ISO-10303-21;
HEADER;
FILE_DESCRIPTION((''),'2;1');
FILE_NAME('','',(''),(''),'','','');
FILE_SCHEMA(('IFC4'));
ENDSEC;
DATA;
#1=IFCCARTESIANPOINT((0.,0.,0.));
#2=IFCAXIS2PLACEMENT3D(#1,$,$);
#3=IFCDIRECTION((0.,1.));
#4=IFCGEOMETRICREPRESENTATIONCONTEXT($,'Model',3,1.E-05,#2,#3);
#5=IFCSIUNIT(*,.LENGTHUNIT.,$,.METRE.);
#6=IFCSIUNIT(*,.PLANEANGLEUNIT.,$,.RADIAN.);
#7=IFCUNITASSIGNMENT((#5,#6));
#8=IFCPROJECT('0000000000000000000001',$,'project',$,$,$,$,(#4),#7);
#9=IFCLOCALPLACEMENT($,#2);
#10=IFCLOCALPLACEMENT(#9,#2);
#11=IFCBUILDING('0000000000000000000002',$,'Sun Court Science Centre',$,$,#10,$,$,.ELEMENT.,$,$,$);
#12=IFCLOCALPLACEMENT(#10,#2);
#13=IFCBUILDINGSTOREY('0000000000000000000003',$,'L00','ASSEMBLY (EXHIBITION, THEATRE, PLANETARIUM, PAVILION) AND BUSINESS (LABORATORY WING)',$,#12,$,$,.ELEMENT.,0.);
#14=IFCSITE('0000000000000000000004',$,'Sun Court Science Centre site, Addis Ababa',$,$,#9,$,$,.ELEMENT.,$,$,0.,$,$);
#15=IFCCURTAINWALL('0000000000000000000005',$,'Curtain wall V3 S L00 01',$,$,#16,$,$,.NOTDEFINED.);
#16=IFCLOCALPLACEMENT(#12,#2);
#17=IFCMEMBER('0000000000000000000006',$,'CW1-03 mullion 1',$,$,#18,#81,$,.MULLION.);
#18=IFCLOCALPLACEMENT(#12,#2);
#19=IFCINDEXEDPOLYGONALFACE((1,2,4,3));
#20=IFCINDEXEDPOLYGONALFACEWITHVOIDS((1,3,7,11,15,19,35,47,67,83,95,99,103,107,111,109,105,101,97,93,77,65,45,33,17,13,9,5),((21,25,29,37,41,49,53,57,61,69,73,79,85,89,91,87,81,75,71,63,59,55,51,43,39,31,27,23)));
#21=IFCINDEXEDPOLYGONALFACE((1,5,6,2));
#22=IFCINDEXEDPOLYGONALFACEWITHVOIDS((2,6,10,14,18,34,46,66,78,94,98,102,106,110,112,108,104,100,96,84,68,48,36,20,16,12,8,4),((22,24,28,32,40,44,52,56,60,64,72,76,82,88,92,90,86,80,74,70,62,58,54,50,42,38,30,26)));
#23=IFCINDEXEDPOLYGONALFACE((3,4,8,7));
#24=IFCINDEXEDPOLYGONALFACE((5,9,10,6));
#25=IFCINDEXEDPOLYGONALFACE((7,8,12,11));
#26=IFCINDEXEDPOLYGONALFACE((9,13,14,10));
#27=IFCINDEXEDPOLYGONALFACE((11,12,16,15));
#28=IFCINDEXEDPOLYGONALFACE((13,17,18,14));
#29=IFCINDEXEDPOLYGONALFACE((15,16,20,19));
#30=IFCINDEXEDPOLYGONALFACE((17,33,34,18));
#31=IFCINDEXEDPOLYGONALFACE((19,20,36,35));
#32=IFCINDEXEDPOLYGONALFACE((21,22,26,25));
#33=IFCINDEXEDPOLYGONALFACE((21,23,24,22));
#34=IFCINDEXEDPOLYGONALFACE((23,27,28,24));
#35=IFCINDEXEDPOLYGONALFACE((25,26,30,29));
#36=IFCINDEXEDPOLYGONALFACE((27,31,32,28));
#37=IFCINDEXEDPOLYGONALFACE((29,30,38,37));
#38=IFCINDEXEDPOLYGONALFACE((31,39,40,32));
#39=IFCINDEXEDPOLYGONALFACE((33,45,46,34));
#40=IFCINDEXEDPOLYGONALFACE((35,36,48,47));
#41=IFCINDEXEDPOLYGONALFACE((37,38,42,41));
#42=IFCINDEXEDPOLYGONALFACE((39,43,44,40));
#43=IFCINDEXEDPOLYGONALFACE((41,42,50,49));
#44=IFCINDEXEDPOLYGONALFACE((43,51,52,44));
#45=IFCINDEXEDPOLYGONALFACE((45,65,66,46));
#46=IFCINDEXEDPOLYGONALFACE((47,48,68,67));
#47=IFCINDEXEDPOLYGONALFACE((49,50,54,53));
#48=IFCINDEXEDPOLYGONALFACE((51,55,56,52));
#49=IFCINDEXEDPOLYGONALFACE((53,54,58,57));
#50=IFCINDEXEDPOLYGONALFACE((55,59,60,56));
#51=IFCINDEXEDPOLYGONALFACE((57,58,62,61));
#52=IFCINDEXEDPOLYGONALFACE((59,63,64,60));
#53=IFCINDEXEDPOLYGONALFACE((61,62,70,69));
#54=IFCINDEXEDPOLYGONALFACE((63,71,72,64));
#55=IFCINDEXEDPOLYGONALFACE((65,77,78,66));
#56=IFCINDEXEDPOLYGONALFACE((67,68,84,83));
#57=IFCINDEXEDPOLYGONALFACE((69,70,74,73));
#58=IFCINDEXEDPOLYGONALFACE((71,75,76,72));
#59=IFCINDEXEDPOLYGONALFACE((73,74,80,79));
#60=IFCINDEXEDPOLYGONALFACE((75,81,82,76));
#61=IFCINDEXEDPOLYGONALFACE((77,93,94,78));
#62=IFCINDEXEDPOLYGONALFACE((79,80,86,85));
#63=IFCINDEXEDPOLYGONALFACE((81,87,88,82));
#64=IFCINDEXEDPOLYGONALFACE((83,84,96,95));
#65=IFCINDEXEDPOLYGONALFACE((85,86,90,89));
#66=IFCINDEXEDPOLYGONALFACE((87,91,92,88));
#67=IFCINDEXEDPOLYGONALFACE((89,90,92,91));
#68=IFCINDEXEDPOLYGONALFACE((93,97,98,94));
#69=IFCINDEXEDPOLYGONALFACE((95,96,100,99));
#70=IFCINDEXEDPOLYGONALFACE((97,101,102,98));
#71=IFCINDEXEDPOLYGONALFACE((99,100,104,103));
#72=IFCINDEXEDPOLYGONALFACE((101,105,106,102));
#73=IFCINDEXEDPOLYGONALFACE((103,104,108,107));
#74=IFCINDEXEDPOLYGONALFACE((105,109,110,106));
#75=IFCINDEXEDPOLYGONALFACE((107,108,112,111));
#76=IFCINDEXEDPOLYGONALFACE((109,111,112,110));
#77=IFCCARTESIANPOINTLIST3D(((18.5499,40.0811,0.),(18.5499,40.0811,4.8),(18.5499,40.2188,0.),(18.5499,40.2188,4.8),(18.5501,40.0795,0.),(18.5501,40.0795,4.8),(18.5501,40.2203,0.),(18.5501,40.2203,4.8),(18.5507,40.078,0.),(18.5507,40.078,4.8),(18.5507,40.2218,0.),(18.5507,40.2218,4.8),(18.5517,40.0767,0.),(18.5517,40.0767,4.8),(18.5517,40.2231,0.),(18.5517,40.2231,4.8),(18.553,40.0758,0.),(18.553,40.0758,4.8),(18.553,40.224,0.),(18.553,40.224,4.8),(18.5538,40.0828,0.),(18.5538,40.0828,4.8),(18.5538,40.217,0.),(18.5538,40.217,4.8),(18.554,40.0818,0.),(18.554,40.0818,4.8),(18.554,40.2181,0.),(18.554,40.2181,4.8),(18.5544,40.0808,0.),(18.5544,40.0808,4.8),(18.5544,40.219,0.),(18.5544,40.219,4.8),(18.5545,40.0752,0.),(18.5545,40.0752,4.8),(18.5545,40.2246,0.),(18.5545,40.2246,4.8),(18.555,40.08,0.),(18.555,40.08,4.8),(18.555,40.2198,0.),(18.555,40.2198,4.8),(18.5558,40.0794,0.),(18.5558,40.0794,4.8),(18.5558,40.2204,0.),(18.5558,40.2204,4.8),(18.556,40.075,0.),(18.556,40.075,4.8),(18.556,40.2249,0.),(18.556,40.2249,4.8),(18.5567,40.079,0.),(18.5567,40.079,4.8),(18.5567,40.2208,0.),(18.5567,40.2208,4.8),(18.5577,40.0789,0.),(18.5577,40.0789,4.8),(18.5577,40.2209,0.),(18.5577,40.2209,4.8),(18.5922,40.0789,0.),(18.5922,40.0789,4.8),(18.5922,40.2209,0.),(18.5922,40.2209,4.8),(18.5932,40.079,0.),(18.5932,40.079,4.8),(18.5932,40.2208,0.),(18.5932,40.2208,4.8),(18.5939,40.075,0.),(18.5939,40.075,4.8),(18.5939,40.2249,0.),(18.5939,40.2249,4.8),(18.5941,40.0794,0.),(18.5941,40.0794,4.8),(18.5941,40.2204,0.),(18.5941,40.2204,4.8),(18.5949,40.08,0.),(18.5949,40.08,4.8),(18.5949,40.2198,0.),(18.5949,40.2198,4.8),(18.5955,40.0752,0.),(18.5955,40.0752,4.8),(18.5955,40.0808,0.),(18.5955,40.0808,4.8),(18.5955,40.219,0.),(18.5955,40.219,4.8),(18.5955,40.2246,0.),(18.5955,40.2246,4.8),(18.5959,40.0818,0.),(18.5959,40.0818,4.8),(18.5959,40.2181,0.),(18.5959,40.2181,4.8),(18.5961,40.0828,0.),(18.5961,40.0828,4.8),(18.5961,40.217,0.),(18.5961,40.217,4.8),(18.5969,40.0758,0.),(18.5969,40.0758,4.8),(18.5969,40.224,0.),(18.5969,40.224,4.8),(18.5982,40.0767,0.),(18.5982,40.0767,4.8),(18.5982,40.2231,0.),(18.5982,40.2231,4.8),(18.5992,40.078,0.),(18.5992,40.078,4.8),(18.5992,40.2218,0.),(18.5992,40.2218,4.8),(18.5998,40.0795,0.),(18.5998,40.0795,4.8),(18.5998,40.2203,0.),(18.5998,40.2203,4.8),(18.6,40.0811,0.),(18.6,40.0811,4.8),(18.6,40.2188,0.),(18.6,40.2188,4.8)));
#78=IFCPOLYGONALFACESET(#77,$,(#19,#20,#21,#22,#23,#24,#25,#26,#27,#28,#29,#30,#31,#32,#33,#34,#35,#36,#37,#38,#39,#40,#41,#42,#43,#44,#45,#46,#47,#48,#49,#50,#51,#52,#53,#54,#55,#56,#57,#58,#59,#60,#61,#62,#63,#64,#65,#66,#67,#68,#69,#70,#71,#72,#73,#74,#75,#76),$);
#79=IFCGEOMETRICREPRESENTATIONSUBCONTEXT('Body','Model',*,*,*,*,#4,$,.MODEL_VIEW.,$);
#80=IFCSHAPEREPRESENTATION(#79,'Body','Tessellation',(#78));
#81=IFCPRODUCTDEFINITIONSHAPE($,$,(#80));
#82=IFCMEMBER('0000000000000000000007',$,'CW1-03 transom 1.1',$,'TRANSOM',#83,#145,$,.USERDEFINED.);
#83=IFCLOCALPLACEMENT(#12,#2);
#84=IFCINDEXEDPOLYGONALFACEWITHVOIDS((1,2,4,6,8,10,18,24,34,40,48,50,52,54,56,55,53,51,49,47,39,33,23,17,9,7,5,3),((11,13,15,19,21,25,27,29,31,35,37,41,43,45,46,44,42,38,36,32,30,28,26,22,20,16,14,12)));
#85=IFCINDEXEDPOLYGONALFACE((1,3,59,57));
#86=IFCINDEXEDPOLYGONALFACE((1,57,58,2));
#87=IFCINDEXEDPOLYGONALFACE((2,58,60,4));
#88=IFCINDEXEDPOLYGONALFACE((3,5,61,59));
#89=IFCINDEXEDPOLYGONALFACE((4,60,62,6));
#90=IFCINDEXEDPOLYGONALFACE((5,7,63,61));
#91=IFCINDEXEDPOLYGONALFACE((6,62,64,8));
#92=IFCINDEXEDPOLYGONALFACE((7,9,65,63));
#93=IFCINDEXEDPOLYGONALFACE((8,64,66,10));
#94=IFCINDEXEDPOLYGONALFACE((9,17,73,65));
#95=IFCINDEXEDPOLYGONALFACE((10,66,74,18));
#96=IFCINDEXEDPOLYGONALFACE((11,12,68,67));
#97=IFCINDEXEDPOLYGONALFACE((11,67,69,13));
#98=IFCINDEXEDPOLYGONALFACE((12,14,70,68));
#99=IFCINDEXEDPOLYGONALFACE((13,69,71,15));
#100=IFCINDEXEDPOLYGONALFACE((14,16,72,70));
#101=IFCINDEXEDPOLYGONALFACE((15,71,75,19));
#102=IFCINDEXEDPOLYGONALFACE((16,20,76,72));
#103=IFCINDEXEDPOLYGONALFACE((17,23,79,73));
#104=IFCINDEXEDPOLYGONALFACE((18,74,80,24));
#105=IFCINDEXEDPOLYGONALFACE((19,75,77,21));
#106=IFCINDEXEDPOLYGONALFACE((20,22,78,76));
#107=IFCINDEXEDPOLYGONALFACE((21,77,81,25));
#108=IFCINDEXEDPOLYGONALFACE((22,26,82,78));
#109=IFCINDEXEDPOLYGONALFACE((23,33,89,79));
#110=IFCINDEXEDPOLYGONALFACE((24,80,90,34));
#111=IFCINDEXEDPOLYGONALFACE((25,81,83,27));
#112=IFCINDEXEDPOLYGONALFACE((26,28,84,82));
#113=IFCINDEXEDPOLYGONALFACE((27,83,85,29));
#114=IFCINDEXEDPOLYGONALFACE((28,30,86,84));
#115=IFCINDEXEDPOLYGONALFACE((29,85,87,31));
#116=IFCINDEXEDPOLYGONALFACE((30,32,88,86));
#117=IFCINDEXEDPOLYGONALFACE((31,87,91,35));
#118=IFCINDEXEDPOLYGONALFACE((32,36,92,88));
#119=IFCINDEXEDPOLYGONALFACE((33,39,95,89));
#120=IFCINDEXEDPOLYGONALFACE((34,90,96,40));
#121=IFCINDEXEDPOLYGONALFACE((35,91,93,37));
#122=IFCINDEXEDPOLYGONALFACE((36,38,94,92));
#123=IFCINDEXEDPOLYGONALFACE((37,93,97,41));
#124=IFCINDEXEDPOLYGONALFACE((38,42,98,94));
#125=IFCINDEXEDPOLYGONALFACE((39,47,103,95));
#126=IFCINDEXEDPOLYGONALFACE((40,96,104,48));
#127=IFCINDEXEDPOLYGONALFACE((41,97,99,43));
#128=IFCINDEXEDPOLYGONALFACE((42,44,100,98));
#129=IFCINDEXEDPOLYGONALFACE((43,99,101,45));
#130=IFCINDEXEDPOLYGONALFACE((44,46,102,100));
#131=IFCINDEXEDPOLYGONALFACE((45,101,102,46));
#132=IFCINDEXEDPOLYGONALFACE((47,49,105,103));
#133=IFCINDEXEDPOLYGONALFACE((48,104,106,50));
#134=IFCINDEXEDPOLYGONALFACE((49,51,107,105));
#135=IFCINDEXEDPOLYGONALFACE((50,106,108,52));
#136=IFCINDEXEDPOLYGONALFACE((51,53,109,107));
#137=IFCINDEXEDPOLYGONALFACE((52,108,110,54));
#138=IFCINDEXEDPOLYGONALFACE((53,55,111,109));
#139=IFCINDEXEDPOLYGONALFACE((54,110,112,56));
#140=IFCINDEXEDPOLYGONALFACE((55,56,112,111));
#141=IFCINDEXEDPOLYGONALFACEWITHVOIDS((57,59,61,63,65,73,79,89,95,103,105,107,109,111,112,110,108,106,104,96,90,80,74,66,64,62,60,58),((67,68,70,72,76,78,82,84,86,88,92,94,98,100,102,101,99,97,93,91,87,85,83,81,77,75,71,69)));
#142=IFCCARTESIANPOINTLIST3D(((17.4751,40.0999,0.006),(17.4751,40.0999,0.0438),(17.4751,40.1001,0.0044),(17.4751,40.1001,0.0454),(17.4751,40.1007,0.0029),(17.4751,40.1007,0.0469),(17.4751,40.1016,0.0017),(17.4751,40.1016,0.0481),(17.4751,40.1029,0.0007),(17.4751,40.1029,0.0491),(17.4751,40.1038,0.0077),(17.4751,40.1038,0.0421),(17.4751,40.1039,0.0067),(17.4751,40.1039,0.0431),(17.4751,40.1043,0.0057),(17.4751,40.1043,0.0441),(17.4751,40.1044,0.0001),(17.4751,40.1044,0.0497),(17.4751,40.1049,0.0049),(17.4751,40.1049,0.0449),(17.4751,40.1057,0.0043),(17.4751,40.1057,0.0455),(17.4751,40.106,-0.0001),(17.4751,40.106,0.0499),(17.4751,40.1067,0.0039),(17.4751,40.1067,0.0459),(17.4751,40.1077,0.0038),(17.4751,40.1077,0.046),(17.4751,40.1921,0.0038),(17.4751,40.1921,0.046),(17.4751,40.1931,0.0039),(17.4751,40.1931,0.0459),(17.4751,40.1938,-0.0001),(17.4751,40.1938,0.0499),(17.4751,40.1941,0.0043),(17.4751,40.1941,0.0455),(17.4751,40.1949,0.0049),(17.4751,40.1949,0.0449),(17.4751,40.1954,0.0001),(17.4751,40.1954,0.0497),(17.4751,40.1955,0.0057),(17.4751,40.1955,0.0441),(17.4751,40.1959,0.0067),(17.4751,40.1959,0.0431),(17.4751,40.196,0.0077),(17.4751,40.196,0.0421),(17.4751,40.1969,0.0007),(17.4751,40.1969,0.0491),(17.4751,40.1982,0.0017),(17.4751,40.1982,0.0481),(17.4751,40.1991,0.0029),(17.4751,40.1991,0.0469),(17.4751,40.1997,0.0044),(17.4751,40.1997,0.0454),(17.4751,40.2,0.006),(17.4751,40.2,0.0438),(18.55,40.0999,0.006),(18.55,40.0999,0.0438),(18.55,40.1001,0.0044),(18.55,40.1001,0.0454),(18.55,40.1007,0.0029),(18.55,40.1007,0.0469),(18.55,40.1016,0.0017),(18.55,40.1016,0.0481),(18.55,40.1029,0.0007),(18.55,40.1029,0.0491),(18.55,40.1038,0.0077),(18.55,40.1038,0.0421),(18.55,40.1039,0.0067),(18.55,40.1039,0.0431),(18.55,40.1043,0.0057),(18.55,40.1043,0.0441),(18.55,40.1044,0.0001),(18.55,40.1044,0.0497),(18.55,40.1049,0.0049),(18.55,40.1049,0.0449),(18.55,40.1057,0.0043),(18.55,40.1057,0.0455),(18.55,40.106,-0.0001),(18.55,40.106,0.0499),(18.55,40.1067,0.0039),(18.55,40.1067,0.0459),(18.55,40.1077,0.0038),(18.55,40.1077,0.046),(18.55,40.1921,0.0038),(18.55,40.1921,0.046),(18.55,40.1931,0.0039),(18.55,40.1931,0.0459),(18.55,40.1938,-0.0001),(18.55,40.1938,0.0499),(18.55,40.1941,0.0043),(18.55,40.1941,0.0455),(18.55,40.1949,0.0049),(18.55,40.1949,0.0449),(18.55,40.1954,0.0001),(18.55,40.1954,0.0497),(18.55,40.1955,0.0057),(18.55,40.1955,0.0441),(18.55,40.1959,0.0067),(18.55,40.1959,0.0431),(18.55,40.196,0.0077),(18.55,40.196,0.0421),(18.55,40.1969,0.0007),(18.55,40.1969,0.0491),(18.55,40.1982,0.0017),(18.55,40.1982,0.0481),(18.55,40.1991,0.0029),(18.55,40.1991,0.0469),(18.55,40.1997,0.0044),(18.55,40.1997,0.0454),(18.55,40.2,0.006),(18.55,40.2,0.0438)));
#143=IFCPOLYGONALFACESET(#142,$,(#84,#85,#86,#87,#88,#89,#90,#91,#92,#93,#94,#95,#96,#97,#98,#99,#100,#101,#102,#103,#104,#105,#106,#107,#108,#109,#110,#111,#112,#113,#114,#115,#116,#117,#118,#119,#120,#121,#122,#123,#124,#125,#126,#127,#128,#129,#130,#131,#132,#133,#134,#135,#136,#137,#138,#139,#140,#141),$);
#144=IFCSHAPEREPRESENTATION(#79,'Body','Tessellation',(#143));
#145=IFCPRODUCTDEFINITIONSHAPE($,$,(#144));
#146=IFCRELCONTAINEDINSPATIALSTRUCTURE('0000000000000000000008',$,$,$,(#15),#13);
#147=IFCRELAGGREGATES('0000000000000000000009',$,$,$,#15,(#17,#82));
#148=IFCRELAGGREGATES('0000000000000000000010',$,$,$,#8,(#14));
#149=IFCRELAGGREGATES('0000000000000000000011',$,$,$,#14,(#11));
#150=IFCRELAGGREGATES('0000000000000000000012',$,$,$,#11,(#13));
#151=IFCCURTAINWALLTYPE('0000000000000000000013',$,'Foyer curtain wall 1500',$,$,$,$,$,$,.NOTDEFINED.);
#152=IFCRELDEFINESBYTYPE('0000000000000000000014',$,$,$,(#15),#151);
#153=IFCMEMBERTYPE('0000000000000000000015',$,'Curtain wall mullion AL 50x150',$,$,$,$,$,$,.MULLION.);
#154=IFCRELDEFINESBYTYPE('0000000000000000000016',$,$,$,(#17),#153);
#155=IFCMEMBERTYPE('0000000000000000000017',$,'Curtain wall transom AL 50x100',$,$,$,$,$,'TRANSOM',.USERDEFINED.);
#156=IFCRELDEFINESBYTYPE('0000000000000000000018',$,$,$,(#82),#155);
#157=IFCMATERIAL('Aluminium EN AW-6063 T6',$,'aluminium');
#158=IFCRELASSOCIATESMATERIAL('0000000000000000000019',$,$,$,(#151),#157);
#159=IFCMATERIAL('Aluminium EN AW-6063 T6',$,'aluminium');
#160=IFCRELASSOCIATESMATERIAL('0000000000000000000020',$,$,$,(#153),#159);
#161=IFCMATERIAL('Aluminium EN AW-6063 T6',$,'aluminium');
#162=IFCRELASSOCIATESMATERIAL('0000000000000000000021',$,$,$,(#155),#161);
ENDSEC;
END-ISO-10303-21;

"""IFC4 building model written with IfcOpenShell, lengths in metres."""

from ifc_helpers import new_model, si_unit, direction, frame, origin, origin_2d, place, context, subcontext, project, spatial, hollow_rectangle, extrude, material, material_profile, profile_set, type_object, element, aggregate, save


model = new_model("IFC4")

# Units and contexts
model_context = context("Model", 3, precision=1e-05, world=origin(), true_north=direction((0.0, 1.0)))
body_context = subcontext(model_context, "Body", "Model", "MODEL_VIEW")
ifc_project = project(units=[si_unit("LENGTHUNIT", "METRE"), si_unit("PLANEANGLEUNIT", "RADIAN")], contexts=[model_context])

# Site, building, storey
site_placement = place(None, origin())
site = spatial("IfcSite", under=ifc_project, at=site_placement, Name="Sun Court Science Centre site, Addis Ababa", CompositionType="ELEMENT", RefElevation=0.0)
building_placement = place(site_placement, origin())
building = spatial("IfcBuilding", under=site, at=building_placement, Name="Sun Court Science Centre", CompositionType="ELEMENT")
storey_placement = place(building_placement, origin())
storey = spatial("IfcBuildingStorey", under=building, at=storey_placement, Name="L00", Description="ASSEMBLY (EXHIBITION, THEATRE, PLANETARIUM, PAVILION) AND BUSINESS (LABORATORY WING)", CompositionType="ELEMENT", Elevation=0.0)

# Curtain wall, members
ifc_material_1 = material(Name="Aluminium EN AW-6063 T6", Category="aluminium")
curtain_wall_type = type_object("IfcCurtainWallType", Name="Foyer curtain wall 1500", PredefinedType="NOTDEFINED", material=ifc_material_1)
curtain_wall_placement = place(storey_placement, origin())
curtain_wall = element("IfcCurtainWall", 1, at=curtain_wall_placement, inside=storey, type_object=curtain_wall_type, Name="Curtain wall V3 S L00 01", PredefinedType="NOTDEFINED")
ifc_material_2 = material(Name="Aluminium EN AW-6063 T6", Category="aluminium")
ifc_material_profile_1 = material_profile(ifc_material_2, hollow_rectangle(XDim=0.05, YDim=0.1499, WallThickness=0.0039, InnerFilletRadius=0.0039, OuterFilletRadius=0.0061, at=origin_2d()), Name="AL 50x150x4")
ifc_profile_set_1 = profile_set([ifc_material_profile_1], Name="Aluminium EN AW-6063 T6")
member_type_1 = type_object("IfcMemberType", Name="Curtain wall mullion AL 50x150", PredefinedType="MULLION", material=ifc_profile_set_1)
member_1_placement = place(storey_placement, frame((18.575, 40.1499, 0.0), z_axis=(0.0, 0.0, 1.0), x_axis=(-1.0, 0.0, 0.0)))
member_1 = element("IfcMember", 2, at=member_1_placement, type_object=member_type_1, Name="CW1-03 mullion 1", PredefinedType="MULLION", context=body_context, shape_type="SweptSolid", body=[
    extrude(hollow_rectangle(XDim=0.05, YDim=0.1499, WallThickness=0.0039, InnerFilletRadius=0.0039, OuterFilletRadius=0.0061, at=origin_2d()), origin(), (0.0, 0.0, 1.0), 4.8),
])
ifc_material_3 = material(Name="Aluminium EN AW-6063 T6", Category="aluminium")
ifc_material_profile_2 = material_profile(ifc_material_3, hollow_rectangle(XDim=0.05, YDim=0.1001, WallThickness=0.0039, InnerFilletRadius=0.0039, OuterFilletRadius=0.0061, at=origin_2d()), Name="AL 50x100x4")
ifc_profile_set_2 = profile_set([ifc_material_profile_2], Name="Aluminium EN AW-6063 T6")
member_type_2 = type_object("IfcMemberType", Name="Curtain wall transom AL 50x100", ElementType="TRANSOM", PredefinedType="USERDEFINED", material=ifc_profile_set_2)
member_2_placement = place(storey_placement, frame((18.55, 40.1499, 0.0249), z_axis=(-1.0, 0.0, 0.0), x_axis=(0.0, 0.0, 1.0)))
member_2 = element("IfcMember", 3, at=member_2_placement, type_object=member_type_2, Name="CW1-03 transom 1.1", ObjectType="TRANSOM", PredefinedType="USERDEFINED", context=body_context, shape_type="SweptSolid", body=[
    extrude(hollow_rectangle(XDim=0.05, YDim=0.1001, WallThickness=0.0039, InnerFilletRadius=0.0039, OuterFilletRadius=0.0061, at=origin_2d()), origin(), (0.0, 0.0, 1.0), 1.075),
])
aggregate(curtain_wall, [member_1, member_2])

save(model, "model.ifc")
